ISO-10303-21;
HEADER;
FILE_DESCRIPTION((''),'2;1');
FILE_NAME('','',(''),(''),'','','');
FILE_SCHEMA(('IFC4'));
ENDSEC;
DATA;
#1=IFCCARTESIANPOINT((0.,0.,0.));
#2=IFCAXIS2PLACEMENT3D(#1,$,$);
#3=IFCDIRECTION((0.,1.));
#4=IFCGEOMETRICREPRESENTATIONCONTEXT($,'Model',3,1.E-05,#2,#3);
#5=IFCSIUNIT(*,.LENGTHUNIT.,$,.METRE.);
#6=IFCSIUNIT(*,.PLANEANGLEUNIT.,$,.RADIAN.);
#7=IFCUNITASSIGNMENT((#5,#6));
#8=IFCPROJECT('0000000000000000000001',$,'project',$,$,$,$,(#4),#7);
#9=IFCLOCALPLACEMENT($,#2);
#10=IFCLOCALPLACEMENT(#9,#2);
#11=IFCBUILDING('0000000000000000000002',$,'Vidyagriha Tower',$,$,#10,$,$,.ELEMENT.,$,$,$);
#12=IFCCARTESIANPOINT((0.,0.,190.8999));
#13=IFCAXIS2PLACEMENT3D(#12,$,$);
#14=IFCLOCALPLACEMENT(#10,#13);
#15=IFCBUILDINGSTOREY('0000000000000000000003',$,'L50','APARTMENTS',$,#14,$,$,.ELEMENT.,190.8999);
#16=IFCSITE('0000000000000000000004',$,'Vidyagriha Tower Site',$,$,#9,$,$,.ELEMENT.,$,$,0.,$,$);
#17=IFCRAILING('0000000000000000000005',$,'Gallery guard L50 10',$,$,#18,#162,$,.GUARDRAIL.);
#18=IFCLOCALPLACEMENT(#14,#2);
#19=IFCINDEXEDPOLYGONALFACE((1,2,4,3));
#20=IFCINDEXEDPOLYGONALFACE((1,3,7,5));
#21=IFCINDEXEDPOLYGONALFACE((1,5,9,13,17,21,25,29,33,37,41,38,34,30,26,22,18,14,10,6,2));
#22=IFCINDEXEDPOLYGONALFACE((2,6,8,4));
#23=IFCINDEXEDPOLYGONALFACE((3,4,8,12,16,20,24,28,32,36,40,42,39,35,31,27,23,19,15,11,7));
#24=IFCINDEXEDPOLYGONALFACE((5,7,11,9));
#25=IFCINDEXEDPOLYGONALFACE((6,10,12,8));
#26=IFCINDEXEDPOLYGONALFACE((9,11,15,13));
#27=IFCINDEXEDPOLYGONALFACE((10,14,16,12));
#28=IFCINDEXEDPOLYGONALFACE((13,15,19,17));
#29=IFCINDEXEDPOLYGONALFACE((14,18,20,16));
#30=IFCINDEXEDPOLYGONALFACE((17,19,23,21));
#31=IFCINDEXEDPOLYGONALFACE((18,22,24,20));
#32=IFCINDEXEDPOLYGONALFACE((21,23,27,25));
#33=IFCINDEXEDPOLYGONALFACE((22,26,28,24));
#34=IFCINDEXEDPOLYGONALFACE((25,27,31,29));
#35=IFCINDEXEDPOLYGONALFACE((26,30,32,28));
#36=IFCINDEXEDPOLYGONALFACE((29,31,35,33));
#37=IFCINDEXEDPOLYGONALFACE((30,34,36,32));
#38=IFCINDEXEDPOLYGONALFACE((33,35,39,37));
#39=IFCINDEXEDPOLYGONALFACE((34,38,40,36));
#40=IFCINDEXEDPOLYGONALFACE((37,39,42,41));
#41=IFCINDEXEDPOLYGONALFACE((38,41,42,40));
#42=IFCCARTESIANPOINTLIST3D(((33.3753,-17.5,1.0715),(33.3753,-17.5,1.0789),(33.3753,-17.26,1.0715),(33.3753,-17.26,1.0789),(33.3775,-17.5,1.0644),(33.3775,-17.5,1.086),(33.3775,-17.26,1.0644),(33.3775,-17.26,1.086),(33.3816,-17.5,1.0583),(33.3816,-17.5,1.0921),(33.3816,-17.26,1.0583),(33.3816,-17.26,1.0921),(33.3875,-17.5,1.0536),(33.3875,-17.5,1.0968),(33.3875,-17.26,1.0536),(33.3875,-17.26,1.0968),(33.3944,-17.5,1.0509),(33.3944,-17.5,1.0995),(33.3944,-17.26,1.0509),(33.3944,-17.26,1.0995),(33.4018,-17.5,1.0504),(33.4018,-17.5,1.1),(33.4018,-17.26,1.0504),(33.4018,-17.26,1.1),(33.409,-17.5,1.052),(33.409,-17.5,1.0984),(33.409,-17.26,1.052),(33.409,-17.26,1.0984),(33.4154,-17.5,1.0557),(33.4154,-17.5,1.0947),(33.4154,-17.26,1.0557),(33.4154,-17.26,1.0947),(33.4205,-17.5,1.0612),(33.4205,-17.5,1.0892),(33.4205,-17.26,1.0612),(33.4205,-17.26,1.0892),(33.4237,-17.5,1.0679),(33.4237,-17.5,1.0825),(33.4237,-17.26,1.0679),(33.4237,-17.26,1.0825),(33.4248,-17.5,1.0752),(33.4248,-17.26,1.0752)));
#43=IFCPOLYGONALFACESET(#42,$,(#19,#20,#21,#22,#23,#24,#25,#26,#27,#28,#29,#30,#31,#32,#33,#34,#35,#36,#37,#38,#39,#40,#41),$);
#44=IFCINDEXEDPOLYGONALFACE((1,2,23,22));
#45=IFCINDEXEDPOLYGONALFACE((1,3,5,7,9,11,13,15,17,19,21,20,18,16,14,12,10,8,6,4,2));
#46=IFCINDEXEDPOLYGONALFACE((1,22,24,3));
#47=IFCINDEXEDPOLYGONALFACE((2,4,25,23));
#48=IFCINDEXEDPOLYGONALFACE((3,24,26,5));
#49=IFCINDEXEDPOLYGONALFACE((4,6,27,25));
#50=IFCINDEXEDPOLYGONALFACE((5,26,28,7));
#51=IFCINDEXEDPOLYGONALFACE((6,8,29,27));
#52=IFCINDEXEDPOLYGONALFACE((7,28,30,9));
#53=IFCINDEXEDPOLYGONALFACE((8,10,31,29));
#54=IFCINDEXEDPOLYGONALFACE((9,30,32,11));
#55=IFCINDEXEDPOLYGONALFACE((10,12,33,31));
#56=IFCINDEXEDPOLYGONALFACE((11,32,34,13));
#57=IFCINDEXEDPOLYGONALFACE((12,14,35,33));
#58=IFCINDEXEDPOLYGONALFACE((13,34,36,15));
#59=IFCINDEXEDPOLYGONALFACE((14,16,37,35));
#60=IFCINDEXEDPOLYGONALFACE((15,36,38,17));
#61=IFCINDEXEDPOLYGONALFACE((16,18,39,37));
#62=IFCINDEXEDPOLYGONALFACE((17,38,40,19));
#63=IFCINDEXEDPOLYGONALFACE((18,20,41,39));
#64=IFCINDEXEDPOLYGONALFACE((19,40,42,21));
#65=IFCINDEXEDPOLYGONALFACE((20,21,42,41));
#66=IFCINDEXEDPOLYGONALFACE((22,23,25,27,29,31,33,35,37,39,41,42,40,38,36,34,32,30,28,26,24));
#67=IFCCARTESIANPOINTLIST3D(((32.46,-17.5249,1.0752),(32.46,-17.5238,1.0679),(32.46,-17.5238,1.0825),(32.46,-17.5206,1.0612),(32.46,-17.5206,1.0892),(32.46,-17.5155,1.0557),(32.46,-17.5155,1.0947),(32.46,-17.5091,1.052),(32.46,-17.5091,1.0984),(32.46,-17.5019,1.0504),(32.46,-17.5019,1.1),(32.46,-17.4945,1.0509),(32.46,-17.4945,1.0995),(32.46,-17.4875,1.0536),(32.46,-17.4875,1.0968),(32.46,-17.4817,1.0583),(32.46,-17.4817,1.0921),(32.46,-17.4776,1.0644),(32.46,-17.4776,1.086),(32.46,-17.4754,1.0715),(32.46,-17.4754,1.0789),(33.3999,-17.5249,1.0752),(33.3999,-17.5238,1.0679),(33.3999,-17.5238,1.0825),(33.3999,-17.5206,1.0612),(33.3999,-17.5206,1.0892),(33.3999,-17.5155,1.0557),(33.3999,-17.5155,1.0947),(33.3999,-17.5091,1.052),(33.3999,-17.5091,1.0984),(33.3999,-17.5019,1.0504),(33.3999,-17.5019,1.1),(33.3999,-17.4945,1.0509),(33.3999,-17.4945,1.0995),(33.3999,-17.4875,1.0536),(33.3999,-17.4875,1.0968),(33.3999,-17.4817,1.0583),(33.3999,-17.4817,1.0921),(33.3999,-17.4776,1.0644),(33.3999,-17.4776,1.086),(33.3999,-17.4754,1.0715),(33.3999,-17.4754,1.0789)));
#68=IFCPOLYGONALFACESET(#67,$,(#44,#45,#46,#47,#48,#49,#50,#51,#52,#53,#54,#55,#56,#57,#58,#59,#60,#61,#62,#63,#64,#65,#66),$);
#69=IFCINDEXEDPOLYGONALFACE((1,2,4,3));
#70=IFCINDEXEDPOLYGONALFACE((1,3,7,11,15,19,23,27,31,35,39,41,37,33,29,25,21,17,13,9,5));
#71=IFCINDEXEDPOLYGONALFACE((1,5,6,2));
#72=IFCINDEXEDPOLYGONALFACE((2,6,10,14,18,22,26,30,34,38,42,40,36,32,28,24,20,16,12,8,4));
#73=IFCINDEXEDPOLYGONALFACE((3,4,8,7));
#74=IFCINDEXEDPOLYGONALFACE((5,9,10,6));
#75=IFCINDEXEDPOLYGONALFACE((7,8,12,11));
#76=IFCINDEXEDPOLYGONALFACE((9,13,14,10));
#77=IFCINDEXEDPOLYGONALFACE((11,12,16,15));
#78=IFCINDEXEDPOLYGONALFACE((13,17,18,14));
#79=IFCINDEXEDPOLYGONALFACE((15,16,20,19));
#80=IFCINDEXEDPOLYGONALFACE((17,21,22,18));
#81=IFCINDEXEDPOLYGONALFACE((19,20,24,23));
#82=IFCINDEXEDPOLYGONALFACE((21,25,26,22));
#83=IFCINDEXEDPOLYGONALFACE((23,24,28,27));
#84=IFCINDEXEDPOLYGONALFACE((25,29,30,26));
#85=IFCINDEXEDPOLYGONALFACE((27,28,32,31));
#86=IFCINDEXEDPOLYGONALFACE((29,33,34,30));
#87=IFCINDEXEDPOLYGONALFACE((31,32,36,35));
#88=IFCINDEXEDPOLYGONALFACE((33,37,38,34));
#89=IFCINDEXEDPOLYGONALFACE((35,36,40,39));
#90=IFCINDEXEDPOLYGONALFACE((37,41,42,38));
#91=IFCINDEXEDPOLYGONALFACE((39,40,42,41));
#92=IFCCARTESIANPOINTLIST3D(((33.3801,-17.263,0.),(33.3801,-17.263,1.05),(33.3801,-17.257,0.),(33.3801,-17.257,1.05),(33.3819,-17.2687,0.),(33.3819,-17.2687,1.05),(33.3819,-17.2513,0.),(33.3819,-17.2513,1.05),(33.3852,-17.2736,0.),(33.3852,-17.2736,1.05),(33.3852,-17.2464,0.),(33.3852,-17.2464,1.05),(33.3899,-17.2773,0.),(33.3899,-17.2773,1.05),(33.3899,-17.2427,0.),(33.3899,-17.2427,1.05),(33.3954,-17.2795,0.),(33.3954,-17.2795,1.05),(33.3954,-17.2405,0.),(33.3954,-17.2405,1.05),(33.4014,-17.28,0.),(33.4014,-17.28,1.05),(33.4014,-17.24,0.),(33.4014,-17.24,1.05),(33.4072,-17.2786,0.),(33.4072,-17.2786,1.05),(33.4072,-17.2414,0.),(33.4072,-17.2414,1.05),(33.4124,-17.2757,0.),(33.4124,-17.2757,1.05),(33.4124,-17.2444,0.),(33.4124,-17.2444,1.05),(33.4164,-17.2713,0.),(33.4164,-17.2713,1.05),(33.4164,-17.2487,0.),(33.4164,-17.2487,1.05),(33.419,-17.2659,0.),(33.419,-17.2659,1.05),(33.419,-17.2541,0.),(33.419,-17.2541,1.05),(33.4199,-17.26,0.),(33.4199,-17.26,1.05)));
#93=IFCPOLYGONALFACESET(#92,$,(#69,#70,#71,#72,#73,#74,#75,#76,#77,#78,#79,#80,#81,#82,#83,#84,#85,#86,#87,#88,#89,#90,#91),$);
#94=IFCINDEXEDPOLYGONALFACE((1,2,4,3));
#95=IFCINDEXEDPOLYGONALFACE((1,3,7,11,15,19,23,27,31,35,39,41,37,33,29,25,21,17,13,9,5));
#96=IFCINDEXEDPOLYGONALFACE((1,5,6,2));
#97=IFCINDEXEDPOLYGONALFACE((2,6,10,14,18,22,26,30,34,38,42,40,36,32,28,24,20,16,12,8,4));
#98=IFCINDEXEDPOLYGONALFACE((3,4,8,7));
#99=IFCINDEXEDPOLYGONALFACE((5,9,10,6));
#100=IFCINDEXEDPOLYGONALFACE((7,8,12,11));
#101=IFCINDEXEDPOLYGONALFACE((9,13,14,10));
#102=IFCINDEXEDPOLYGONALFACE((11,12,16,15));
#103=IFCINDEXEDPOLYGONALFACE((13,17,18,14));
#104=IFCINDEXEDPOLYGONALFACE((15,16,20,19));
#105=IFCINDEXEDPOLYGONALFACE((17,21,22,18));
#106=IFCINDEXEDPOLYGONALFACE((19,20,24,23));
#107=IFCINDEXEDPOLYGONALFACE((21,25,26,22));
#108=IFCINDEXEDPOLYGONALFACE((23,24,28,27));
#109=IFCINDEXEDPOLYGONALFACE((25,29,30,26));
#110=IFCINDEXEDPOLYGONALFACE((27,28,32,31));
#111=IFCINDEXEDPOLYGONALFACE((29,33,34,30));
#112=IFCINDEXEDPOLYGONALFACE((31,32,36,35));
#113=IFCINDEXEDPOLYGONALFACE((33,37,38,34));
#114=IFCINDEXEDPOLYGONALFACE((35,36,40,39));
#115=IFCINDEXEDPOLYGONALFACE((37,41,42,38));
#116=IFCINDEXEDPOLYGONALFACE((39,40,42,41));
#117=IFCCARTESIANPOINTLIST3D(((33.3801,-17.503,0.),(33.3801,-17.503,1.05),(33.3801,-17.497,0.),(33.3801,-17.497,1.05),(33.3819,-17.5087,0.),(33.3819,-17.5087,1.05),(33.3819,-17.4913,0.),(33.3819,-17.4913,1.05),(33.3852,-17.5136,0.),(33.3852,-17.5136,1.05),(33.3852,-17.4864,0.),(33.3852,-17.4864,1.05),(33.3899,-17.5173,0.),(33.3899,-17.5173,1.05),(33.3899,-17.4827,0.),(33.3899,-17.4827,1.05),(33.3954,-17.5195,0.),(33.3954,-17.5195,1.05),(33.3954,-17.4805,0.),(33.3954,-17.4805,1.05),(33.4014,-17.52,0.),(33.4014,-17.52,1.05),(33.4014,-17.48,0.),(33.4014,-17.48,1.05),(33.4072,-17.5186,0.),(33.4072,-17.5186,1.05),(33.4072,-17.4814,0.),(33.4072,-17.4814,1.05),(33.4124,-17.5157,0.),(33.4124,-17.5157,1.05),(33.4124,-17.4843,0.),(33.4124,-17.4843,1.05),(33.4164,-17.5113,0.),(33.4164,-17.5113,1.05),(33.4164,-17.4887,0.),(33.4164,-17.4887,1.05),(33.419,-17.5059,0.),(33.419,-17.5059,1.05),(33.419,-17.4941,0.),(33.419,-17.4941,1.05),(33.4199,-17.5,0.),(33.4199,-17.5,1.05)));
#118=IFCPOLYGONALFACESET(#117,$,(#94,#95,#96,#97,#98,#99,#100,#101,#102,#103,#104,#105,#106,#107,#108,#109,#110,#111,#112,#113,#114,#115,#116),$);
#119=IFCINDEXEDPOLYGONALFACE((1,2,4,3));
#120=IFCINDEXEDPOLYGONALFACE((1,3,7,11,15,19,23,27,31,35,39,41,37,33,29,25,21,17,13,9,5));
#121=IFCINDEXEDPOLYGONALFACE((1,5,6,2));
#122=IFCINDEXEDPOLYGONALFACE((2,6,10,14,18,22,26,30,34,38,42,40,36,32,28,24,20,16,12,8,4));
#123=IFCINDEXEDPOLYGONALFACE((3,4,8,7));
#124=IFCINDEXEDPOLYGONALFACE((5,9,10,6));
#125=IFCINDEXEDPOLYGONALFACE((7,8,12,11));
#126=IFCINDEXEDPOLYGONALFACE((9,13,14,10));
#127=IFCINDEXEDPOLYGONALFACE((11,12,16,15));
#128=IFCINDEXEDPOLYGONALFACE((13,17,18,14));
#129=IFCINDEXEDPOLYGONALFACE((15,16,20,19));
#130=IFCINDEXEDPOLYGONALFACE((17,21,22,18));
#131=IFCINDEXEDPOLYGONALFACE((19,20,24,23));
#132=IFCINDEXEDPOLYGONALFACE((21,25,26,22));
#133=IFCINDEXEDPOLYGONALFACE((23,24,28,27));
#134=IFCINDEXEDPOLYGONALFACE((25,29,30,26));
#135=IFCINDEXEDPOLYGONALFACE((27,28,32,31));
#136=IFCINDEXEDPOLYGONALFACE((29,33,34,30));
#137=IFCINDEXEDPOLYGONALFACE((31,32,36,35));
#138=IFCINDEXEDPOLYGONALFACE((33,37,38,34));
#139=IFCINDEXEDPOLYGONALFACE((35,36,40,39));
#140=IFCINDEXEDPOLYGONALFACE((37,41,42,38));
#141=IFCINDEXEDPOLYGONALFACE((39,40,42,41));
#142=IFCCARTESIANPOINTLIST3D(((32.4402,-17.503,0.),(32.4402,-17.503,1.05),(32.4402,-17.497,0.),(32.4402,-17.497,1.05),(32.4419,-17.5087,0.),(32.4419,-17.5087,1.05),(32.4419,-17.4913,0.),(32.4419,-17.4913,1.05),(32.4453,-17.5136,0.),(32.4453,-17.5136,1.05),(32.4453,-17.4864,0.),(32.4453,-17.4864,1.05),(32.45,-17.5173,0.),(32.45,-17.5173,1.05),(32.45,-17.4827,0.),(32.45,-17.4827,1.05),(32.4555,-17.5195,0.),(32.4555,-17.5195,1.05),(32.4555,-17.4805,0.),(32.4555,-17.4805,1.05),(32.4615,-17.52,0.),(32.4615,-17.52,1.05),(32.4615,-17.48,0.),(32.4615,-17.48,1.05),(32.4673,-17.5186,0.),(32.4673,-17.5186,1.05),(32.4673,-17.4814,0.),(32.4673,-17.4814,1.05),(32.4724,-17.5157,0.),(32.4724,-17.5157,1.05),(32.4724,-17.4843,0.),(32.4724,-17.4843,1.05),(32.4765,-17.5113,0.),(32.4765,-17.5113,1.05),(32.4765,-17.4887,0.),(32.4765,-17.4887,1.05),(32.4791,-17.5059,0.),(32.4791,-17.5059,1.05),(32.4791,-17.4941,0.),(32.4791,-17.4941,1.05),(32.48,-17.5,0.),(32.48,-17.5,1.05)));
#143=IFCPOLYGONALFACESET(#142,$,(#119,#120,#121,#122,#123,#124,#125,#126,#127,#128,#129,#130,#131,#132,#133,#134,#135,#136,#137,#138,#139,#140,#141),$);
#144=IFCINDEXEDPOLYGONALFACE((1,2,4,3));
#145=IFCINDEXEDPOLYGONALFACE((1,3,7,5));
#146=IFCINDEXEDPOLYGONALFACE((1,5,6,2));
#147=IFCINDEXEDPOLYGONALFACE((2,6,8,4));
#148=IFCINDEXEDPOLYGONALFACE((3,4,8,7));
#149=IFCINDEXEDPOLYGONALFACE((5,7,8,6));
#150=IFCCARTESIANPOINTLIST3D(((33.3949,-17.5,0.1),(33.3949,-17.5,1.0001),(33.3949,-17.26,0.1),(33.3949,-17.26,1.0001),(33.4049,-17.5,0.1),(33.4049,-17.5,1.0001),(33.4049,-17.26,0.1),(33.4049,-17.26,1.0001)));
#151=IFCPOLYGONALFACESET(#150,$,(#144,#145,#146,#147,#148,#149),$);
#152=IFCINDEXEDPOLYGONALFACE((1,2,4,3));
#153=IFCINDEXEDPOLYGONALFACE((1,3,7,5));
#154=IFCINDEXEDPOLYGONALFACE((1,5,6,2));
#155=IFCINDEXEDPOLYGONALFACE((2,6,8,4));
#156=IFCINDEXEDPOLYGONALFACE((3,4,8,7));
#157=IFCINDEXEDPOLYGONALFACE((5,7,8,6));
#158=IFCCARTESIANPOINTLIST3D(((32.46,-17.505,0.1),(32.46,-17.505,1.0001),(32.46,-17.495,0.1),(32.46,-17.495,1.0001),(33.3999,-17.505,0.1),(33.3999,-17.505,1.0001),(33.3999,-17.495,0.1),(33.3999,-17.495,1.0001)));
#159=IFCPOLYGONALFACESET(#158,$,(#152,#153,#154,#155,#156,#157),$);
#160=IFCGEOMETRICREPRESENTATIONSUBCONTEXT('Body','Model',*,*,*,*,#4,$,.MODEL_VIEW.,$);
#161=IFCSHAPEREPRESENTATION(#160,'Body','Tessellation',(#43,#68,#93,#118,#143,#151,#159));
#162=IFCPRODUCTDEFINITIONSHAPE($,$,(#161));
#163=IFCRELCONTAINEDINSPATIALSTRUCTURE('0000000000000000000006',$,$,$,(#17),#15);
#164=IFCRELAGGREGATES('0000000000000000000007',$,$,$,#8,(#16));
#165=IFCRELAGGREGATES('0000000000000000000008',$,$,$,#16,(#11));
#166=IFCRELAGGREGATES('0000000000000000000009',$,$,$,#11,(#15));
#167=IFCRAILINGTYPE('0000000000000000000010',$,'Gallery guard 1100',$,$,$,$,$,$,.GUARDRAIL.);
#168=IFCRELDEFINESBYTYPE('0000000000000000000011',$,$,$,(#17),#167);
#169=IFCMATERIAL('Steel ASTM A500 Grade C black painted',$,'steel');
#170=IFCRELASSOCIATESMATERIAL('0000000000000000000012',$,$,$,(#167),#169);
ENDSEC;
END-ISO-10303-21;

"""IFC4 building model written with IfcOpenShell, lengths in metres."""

from ifc_helpers import new_model, si_unit, direction, frame, origin, origin_2d, place, context, subcontext, project, spatial, rectangle, circle, extrude, material, type_object, element, save


model = new_model("IFC4")

# Units and contexts
model_context = context("Model", 3, precision=1e-05, world=origin(), true_north=direction((0.0, 1.0)))
body_context = subcontext(model_context, "Body", "Model", "MODEL_VIEW")
ifc_project = project(units=[si_unit("LENGTHUNIT", "METRE"), si_unit("PLANEANGLEUNIT", "RADIAN")], contexts=[model_context])

# Site, building, storey
site_placement = place(None, origin())
site = spatial("IfcSite", under=ifc_project, at=site_placement, Name="Vidyagriha Tower Site", CompositionType="ELEMENT", RefElevation=0.0)
building_placement = place(site_placement, origin())
building = spatial("IfcBuilding", under=site, at=building_placement, Name="Vidyagriha Tower", CompositionType="ELEMENT")
storey_placement = place(building_placement, frame((0.0, 0.0, 190.8999)))
storey = spatial("IfcBuildingStorey", under=building, at=storey_placement, Name="L50", Description="APARTMENTS", CompositionType="ELEMENT", Elevation=190.8999)

# Railing
ifc_material_1 = material(Name="Steel ASTM A500 Grade C black painted", Category="steel")
railing_type_1 = type_object("IfcRailingType", Name="Gallery guard 1100", PredefinedType="GUARDRAIL", material=ifc_material_1)
railing_1_placement = place(storey_placement, frame((33.3999, -17.26, 0.0)))
element("IfcRailing", 1, at=railing_1_placement, inside=storey, type_object=railing_type_1, Name="Gallery guard L50 10", PredefinedType="GUARDRAIL", context=body_context, shape_type="SweptSolid", body=[
    extrude(circle(Radius=0.0249, at=origin_2d()), frame((0.0, 0.0, 1.0752), z_axis=(0.0, -1.0, 0.0), x_axis=(1.0, 0.0, 0.0)), (0.0, 0.0, 1.0), 0.24),
    extrude(circle(Radius=0.0249, at=origin_2d()), frame((0.0, -0.24, 1.0752), z_axis=(-1.0, 0.0, 0.0), x_axis=(0.0, -1.0, 0.0)), (0.0, 0.0, 1.0), 0.9399),
    extrude(circle(Radius=0.02, at=origin_2d()), origin(), (0.0, 0.0, 1.0), 1.05),
    extrude(circle(Radius=0.02, at=origin_2d()), frame((0.0, -0.24, 0.0)), (0.0, 0.0, 1.0), 1.05),
    extrude(circle(Radius=0.02, at=origin_2d()), frame((-0.9399, -0.24, 0.0)), (0.0, 0.0, 1.0), 1.05),
    extrude(rectangle(XDim=0.01, YDim=0.9001, at=origin_2d()), frame((0.0, 0.0, 0.55), z_axis=(0.0, -1.0, 0.0), x_axis=(1.0, 0.0, 0.0)), (0.0, 0.0, 1.0), 0.24),
    extrude(rectangle(XDim=0.01, YDim=0.9001, at=origin_2d()), frame((0.0, -0.24, 0.55), z_axis=(-1.0, 0.0, 0.0), x_axis=(0.0, -1.0, 0.0)), (0.0, 0.0, 1.0), 0.9399),
])

save(model, "model.ifc")
